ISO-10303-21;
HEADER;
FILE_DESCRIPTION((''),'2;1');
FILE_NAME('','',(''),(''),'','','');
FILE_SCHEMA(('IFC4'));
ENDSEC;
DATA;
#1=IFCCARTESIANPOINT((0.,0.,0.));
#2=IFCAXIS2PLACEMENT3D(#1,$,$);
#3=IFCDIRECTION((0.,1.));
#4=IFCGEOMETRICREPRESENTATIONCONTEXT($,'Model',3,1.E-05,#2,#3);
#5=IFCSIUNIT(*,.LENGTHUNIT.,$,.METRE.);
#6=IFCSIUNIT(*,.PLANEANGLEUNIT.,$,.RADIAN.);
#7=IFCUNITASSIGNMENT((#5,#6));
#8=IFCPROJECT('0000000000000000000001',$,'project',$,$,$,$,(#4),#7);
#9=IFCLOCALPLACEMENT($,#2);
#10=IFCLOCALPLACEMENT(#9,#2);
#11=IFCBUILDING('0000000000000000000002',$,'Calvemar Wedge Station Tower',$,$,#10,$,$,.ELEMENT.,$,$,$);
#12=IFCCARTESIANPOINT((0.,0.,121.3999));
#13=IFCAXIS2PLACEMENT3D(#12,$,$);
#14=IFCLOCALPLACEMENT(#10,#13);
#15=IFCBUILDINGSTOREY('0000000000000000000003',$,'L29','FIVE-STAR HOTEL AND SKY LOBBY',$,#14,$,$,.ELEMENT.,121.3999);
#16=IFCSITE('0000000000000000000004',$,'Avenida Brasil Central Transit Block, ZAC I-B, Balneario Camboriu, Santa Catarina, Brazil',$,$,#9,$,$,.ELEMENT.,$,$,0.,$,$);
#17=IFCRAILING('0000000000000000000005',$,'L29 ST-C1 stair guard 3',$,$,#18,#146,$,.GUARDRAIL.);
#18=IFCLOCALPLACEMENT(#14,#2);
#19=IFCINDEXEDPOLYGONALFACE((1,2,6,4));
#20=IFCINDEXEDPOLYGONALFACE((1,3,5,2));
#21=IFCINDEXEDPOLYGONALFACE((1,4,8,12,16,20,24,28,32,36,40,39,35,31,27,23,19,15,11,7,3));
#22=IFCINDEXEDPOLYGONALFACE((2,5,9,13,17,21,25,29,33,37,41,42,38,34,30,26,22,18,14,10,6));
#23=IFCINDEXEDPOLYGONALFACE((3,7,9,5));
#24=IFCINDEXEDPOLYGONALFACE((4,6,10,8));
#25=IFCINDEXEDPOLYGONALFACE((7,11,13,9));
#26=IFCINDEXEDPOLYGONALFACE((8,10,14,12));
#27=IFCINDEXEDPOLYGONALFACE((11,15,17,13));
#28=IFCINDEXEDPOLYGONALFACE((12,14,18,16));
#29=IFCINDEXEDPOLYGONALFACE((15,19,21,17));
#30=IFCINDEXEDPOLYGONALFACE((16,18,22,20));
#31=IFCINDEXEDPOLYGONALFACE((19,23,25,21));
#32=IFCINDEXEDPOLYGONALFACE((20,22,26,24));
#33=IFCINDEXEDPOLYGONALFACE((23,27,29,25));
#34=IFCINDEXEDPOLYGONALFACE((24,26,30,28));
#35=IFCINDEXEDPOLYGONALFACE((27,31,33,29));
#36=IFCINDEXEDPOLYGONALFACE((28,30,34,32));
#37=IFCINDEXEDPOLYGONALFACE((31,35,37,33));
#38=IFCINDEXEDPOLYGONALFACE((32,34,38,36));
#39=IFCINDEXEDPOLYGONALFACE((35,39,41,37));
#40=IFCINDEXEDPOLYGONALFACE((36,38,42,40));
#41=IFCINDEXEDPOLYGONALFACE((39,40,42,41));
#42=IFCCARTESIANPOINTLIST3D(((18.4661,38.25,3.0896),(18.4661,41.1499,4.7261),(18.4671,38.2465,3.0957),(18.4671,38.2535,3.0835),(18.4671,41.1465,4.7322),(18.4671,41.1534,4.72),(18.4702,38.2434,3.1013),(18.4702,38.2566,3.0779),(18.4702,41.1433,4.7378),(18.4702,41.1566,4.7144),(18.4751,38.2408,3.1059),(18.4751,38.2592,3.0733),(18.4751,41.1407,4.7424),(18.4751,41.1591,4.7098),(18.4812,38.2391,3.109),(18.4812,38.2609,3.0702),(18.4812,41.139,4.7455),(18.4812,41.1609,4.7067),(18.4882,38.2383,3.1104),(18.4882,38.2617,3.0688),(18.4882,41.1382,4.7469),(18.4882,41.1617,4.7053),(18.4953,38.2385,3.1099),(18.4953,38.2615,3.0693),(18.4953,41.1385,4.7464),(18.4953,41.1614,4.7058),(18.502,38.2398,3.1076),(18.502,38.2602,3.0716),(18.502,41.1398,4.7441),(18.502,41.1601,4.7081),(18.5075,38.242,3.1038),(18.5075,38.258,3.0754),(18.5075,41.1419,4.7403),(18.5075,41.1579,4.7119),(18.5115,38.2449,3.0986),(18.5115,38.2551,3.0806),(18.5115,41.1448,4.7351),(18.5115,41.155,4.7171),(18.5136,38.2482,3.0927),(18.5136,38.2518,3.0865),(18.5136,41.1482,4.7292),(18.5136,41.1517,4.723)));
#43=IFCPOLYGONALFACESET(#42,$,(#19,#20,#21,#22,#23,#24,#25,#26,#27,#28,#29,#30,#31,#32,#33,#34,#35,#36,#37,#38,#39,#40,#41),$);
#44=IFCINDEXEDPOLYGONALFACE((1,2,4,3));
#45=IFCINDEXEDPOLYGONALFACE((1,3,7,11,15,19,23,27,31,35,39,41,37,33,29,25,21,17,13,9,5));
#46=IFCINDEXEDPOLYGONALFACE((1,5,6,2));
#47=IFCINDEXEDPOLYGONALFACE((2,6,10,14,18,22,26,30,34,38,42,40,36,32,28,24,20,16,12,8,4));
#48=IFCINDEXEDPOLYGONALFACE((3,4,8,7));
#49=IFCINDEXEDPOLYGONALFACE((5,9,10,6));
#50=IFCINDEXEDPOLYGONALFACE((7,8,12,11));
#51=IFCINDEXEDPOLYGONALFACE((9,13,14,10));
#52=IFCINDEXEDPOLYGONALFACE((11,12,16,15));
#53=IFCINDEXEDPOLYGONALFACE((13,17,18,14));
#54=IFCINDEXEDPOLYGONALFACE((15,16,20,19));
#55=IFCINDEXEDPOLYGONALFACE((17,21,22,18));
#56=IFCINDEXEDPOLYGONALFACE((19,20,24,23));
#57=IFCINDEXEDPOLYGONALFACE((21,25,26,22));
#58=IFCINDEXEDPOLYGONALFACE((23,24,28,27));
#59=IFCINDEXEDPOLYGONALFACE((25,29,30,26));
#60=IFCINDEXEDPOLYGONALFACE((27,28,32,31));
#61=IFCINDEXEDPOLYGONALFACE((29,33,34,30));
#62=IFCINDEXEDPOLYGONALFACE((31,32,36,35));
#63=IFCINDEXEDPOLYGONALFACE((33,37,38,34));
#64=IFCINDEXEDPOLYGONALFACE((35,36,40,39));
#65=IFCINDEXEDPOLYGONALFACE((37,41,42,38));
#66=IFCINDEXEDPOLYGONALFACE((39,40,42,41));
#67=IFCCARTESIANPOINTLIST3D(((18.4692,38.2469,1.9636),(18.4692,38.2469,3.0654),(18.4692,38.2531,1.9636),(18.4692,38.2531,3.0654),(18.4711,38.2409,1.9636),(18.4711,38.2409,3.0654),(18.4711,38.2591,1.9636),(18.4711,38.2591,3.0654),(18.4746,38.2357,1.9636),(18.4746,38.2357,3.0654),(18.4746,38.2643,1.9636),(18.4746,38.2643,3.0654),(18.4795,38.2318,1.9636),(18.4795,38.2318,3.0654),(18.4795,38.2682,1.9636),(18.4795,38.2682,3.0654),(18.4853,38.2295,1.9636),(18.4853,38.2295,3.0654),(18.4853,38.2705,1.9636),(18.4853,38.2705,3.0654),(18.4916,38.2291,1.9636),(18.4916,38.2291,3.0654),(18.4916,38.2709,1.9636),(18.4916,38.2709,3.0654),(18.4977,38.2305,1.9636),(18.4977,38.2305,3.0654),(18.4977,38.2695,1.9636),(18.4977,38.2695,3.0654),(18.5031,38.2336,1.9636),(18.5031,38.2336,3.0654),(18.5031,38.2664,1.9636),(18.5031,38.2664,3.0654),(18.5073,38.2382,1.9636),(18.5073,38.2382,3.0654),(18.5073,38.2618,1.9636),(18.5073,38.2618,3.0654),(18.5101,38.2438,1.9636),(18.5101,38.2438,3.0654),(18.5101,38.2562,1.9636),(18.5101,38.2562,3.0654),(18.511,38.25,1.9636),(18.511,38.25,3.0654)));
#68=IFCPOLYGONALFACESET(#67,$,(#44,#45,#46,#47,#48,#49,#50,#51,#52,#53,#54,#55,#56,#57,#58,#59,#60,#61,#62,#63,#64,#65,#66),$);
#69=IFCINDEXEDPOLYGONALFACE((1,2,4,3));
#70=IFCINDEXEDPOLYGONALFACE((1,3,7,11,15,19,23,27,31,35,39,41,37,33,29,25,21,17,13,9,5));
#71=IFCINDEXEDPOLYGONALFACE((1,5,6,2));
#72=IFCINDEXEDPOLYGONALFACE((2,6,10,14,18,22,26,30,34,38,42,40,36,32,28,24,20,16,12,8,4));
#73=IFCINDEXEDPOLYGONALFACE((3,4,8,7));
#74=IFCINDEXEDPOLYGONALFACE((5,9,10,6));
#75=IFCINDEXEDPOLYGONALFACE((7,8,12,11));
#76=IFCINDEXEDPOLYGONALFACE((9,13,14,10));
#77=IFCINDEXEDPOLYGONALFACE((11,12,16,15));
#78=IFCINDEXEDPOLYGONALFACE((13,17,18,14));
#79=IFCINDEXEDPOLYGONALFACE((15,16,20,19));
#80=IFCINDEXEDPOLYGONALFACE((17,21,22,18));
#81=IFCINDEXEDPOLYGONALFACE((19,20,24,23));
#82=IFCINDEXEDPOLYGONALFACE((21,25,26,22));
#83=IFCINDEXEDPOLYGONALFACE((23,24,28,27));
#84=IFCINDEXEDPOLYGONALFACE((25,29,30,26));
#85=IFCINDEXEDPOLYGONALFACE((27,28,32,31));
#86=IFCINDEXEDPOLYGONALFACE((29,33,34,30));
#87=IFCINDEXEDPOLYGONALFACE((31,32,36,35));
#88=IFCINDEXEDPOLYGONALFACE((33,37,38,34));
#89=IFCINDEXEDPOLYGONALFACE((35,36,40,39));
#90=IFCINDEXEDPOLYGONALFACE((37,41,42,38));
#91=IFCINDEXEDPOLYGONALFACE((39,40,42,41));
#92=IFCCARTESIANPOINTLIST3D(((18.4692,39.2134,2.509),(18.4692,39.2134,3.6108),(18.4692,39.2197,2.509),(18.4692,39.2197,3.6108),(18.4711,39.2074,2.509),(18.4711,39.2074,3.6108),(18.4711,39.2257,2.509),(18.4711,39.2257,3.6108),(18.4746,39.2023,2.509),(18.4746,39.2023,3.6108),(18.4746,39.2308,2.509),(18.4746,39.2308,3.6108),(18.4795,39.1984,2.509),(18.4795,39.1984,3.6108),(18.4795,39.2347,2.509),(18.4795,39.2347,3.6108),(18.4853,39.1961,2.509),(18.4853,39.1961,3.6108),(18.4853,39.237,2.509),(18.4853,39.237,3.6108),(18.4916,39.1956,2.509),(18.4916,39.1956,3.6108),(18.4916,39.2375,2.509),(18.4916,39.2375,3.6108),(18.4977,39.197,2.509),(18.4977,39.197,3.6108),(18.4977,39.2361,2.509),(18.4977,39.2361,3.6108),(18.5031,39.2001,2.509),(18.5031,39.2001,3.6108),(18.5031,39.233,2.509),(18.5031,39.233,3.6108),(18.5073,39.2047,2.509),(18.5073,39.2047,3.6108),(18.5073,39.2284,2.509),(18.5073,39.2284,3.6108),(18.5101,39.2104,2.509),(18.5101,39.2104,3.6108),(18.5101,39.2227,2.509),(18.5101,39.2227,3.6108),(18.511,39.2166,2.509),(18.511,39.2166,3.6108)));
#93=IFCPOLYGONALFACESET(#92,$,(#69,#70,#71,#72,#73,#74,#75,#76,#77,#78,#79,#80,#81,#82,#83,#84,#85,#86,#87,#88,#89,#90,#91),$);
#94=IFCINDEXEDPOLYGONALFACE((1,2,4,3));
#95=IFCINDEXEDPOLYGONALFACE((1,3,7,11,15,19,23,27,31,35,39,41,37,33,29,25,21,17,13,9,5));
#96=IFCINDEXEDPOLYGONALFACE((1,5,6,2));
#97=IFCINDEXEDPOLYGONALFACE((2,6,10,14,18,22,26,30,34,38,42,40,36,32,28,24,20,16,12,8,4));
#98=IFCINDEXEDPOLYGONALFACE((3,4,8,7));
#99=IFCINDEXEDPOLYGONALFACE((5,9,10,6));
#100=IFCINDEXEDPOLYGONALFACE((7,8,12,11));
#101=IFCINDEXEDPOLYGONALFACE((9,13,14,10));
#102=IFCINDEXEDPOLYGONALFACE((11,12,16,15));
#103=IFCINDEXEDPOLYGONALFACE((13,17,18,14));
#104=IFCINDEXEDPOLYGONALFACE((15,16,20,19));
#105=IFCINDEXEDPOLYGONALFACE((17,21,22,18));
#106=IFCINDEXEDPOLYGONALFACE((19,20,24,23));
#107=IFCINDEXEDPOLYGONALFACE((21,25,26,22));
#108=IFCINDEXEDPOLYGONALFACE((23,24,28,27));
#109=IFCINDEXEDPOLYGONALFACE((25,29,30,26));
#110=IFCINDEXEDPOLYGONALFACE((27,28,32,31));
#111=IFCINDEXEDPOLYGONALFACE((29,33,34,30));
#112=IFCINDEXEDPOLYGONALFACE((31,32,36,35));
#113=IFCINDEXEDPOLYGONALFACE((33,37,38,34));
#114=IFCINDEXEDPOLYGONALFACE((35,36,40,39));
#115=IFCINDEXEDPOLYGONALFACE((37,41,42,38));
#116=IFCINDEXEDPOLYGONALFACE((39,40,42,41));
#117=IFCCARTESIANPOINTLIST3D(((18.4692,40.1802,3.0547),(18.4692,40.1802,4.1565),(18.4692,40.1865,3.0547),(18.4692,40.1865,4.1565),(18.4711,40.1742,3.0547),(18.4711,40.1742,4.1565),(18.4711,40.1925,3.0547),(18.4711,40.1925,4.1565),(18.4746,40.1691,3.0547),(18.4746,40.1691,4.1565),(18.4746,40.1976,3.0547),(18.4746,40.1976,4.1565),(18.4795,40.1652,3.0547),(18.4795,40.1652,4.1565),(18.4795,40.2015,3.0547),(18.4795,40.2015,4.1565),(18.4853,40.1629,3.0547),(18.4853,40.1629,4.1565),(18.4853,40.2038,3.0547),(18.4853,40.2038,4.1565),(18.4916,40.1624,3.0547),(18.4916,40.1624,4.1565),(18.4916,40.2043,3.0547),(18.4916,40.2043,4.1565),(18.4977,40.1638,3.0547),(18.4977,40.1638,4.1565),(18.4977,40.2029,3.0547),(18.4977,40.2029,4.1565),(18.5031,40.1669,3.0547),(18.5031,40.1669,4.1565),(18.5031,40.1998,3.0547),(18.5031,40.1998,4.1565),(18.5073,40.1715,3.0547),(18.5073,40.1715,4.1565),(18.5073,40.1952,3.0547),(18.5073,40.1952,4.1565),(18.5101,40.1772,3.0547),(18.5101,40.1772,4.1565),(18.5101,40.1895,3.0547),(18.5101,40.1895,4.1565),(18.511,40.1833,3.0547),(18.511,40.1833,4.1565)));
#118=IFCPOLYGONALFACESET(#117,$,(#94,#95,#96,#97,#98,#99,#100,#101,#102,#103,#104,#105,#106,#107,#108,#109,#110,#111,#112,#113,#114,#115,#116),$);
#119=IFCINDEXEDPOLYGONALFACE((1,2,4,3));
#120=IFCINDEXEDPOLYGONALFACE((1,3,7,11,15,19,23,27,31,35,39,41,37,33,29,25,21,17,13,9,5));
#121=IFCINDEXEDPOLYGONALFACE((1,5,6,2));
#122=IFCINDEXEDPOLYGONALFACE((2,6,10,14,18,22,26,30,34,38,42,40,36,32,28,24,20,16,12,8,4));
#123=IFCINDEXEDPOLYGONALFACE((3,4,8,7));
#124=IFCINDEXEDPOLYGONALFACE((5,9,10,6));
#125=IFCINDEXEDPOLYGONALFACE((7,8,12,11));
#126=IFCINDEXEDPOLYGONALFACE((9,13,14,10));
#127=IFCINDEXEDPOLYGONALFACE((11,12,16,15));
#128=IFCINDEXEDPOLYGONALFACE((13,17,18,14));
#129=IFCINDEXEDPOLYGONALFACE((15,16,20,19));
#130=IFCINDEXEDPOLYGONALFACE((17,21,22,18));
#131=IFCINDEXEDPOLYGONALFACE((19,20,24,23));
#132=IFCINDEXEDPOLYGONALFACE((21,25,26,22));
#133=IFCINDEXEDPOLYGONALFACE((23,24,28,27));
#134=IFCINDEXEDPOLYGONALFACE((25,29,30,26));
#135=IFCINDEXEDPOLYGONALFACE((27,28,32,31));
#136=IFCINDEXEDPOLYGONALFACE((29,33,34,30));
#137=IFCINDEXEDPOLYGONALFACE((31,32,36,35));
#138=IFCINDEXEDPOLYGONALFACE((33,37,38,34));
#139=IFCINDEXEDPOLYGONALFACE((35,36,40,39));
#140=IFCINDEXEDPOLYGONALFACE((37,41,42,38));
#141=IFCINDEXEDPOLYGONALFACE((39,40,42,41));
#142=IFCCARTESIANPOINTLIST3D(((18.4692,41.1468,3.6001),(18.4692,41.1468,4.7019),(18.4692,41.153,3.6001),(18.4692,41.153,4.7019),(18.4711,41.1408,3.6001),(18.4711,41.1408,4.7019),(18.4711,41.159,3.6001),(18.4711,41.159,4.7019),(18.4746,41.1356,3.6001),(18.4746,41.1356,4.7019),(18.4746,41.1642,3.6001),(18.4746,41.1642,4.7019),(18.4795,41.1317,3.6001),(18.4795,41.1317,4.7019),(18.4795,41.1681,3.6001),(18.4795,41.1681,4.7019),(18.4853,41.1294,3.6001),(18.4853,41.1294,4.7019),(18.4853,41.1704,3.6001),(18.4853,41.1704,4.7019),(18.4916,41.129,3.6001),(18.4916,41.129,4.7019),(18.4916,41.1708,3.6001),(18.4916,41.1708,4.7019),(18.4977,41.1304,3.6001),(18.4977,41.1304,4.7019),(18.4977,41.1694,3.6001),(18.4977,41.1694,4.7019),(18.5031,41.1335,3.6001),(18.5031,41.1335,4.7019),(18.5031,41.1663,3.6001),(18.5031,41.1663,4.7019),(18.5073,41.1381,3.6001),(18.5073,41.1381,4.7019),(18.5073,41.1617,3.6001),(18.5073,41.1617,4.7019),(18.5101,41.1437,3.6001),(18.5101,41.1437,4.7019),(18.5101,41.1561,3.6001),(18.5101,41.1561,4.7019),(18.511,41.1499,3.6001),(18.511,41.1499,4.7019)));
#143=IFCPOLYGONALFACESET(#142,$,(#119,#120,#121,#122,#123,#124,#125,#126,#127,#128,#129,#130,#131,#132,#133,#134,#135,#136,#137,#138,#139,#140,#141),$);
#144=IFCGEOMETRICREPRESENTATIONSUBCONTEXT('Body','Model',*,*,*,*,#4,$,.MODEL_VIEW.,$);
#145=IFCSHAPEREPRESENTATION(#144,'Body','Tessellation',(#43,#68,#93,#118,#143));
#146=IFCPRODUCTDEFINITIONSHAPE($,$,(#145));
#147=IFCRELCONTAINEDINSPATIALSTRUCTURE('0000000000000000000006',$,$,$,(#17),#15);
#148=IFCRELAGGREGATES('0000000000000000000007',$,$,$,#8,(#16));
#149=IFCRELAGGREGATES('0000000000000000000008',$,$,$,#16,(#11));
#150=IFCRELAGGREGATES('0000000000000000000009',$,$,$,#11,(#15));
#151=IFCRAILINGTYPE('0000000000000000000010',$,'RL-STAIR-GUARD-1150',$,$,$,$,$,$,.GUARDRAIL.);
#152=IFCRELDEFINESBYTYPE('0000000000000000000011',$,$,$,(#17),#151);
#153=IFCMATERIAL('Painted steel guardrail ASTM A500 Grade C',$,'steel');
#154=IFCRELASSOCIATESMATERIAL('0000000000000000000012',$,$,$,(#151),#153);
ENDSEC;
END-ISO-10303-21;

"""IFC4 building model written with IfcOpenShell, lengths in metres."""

from ifc_helpers import new_model, si_unit, direction, frame, origin, origin_2d, place, context, subcontext, project, spatial, circle, extrude, material, type_object, element, save


model = new_model("IFC4")

# Units and contexts
model_context = context("Model", 3, precision=1e-05, world=origin(), true_north=direction((0.0, 1.0)))
body_context = subcontext(model_context, "Body", "Model", "MODEL_VIEW")
ifc_project = project(units=[si_unit("LENGTHUNIT", "METRE"), si_unit("PLANEANGLEUNIT", "RADIAN")], contexts=[model_context])

# Site, building, storey
site_placement = place(None, origin())
site = spatial("IfcSite", under=ifc_project, at=site_placement, Name="Avenida Brasil Central Transit Block, ZAC I-B, Balneario Camboriu, Santa Catarina, Brazil", CompositionType="ELEMENT", RefElevation=0.0)
building_placement = place(site_placement, origin())
building = spatial("IfcBuilding", under=site, at=building_placement, Name="Calvemar Wedge Station Tower", CompositionType="ELEMENT")
storey_placement = place(building_placement, frame((0.0, 0.0, 121.3999)))
storey = spatial("IfcBuildingStorey", under=building, at=storey_placement, Name="L29", Description="FIVE-STAR HOTEL AND SKY LOBBY", CompositionType="ELEMENT", Elevation=121.3999)

# Railing
ifc_material_1 = material(Name="Painted steel guardrail ASTM A500 Grade C", Category="steel")
railing_type_1 = type_object("IfcRailingType", Name="RL-STAIR-GUARD-1150", PredefinedType="GUARDRAIL", material=ifc_material_1)
railing_1_placement = place(storey_placement, frame((18.49, 38.25, 1.9636)))
element("IfcRailing", 1, at=railing_1_placement, inside=storey, type_object=railing_type_1, Name="L29 ST-C1 stair guard 3", PredefinedType="GUARDRAIL", context=body_context, shape_type="SweptSolid", body=[
    extrude(circle(Radius=0.0239, at=origin_2d()), frame((0.0, 0.0, 1.126), z_axis=(0.0, 0.870897, 0.491465), x_axis=(-1.0, 0.0, 0.0)), (0.0, 0.0, 1.0), 3.3298),
    extrude(circle(Radius=0.021, at=origin_2d()), origin(), (0.0, 0.0, 1.0), 1.1018),
    extrude(circle(Radius=0.021, at=origin_2d()), frame((0.0, 0.9666, 0.5454)), (0.0, 0.0, 1.0), 1.1018),
    extrude(circle(Radius=0.021, at=origin_2d()), frame((0.0, 1.9333, 1.0911)), (0.0, 0.0, 1.0), 1.1018),
    extrude(circle(Radius=0.021, at=origin_2d()), frame((0.0, 2.8999, 1.6365)), (0.0, 0.0, 1.0), 1.1018),
])

save(model, "model.ifc")
